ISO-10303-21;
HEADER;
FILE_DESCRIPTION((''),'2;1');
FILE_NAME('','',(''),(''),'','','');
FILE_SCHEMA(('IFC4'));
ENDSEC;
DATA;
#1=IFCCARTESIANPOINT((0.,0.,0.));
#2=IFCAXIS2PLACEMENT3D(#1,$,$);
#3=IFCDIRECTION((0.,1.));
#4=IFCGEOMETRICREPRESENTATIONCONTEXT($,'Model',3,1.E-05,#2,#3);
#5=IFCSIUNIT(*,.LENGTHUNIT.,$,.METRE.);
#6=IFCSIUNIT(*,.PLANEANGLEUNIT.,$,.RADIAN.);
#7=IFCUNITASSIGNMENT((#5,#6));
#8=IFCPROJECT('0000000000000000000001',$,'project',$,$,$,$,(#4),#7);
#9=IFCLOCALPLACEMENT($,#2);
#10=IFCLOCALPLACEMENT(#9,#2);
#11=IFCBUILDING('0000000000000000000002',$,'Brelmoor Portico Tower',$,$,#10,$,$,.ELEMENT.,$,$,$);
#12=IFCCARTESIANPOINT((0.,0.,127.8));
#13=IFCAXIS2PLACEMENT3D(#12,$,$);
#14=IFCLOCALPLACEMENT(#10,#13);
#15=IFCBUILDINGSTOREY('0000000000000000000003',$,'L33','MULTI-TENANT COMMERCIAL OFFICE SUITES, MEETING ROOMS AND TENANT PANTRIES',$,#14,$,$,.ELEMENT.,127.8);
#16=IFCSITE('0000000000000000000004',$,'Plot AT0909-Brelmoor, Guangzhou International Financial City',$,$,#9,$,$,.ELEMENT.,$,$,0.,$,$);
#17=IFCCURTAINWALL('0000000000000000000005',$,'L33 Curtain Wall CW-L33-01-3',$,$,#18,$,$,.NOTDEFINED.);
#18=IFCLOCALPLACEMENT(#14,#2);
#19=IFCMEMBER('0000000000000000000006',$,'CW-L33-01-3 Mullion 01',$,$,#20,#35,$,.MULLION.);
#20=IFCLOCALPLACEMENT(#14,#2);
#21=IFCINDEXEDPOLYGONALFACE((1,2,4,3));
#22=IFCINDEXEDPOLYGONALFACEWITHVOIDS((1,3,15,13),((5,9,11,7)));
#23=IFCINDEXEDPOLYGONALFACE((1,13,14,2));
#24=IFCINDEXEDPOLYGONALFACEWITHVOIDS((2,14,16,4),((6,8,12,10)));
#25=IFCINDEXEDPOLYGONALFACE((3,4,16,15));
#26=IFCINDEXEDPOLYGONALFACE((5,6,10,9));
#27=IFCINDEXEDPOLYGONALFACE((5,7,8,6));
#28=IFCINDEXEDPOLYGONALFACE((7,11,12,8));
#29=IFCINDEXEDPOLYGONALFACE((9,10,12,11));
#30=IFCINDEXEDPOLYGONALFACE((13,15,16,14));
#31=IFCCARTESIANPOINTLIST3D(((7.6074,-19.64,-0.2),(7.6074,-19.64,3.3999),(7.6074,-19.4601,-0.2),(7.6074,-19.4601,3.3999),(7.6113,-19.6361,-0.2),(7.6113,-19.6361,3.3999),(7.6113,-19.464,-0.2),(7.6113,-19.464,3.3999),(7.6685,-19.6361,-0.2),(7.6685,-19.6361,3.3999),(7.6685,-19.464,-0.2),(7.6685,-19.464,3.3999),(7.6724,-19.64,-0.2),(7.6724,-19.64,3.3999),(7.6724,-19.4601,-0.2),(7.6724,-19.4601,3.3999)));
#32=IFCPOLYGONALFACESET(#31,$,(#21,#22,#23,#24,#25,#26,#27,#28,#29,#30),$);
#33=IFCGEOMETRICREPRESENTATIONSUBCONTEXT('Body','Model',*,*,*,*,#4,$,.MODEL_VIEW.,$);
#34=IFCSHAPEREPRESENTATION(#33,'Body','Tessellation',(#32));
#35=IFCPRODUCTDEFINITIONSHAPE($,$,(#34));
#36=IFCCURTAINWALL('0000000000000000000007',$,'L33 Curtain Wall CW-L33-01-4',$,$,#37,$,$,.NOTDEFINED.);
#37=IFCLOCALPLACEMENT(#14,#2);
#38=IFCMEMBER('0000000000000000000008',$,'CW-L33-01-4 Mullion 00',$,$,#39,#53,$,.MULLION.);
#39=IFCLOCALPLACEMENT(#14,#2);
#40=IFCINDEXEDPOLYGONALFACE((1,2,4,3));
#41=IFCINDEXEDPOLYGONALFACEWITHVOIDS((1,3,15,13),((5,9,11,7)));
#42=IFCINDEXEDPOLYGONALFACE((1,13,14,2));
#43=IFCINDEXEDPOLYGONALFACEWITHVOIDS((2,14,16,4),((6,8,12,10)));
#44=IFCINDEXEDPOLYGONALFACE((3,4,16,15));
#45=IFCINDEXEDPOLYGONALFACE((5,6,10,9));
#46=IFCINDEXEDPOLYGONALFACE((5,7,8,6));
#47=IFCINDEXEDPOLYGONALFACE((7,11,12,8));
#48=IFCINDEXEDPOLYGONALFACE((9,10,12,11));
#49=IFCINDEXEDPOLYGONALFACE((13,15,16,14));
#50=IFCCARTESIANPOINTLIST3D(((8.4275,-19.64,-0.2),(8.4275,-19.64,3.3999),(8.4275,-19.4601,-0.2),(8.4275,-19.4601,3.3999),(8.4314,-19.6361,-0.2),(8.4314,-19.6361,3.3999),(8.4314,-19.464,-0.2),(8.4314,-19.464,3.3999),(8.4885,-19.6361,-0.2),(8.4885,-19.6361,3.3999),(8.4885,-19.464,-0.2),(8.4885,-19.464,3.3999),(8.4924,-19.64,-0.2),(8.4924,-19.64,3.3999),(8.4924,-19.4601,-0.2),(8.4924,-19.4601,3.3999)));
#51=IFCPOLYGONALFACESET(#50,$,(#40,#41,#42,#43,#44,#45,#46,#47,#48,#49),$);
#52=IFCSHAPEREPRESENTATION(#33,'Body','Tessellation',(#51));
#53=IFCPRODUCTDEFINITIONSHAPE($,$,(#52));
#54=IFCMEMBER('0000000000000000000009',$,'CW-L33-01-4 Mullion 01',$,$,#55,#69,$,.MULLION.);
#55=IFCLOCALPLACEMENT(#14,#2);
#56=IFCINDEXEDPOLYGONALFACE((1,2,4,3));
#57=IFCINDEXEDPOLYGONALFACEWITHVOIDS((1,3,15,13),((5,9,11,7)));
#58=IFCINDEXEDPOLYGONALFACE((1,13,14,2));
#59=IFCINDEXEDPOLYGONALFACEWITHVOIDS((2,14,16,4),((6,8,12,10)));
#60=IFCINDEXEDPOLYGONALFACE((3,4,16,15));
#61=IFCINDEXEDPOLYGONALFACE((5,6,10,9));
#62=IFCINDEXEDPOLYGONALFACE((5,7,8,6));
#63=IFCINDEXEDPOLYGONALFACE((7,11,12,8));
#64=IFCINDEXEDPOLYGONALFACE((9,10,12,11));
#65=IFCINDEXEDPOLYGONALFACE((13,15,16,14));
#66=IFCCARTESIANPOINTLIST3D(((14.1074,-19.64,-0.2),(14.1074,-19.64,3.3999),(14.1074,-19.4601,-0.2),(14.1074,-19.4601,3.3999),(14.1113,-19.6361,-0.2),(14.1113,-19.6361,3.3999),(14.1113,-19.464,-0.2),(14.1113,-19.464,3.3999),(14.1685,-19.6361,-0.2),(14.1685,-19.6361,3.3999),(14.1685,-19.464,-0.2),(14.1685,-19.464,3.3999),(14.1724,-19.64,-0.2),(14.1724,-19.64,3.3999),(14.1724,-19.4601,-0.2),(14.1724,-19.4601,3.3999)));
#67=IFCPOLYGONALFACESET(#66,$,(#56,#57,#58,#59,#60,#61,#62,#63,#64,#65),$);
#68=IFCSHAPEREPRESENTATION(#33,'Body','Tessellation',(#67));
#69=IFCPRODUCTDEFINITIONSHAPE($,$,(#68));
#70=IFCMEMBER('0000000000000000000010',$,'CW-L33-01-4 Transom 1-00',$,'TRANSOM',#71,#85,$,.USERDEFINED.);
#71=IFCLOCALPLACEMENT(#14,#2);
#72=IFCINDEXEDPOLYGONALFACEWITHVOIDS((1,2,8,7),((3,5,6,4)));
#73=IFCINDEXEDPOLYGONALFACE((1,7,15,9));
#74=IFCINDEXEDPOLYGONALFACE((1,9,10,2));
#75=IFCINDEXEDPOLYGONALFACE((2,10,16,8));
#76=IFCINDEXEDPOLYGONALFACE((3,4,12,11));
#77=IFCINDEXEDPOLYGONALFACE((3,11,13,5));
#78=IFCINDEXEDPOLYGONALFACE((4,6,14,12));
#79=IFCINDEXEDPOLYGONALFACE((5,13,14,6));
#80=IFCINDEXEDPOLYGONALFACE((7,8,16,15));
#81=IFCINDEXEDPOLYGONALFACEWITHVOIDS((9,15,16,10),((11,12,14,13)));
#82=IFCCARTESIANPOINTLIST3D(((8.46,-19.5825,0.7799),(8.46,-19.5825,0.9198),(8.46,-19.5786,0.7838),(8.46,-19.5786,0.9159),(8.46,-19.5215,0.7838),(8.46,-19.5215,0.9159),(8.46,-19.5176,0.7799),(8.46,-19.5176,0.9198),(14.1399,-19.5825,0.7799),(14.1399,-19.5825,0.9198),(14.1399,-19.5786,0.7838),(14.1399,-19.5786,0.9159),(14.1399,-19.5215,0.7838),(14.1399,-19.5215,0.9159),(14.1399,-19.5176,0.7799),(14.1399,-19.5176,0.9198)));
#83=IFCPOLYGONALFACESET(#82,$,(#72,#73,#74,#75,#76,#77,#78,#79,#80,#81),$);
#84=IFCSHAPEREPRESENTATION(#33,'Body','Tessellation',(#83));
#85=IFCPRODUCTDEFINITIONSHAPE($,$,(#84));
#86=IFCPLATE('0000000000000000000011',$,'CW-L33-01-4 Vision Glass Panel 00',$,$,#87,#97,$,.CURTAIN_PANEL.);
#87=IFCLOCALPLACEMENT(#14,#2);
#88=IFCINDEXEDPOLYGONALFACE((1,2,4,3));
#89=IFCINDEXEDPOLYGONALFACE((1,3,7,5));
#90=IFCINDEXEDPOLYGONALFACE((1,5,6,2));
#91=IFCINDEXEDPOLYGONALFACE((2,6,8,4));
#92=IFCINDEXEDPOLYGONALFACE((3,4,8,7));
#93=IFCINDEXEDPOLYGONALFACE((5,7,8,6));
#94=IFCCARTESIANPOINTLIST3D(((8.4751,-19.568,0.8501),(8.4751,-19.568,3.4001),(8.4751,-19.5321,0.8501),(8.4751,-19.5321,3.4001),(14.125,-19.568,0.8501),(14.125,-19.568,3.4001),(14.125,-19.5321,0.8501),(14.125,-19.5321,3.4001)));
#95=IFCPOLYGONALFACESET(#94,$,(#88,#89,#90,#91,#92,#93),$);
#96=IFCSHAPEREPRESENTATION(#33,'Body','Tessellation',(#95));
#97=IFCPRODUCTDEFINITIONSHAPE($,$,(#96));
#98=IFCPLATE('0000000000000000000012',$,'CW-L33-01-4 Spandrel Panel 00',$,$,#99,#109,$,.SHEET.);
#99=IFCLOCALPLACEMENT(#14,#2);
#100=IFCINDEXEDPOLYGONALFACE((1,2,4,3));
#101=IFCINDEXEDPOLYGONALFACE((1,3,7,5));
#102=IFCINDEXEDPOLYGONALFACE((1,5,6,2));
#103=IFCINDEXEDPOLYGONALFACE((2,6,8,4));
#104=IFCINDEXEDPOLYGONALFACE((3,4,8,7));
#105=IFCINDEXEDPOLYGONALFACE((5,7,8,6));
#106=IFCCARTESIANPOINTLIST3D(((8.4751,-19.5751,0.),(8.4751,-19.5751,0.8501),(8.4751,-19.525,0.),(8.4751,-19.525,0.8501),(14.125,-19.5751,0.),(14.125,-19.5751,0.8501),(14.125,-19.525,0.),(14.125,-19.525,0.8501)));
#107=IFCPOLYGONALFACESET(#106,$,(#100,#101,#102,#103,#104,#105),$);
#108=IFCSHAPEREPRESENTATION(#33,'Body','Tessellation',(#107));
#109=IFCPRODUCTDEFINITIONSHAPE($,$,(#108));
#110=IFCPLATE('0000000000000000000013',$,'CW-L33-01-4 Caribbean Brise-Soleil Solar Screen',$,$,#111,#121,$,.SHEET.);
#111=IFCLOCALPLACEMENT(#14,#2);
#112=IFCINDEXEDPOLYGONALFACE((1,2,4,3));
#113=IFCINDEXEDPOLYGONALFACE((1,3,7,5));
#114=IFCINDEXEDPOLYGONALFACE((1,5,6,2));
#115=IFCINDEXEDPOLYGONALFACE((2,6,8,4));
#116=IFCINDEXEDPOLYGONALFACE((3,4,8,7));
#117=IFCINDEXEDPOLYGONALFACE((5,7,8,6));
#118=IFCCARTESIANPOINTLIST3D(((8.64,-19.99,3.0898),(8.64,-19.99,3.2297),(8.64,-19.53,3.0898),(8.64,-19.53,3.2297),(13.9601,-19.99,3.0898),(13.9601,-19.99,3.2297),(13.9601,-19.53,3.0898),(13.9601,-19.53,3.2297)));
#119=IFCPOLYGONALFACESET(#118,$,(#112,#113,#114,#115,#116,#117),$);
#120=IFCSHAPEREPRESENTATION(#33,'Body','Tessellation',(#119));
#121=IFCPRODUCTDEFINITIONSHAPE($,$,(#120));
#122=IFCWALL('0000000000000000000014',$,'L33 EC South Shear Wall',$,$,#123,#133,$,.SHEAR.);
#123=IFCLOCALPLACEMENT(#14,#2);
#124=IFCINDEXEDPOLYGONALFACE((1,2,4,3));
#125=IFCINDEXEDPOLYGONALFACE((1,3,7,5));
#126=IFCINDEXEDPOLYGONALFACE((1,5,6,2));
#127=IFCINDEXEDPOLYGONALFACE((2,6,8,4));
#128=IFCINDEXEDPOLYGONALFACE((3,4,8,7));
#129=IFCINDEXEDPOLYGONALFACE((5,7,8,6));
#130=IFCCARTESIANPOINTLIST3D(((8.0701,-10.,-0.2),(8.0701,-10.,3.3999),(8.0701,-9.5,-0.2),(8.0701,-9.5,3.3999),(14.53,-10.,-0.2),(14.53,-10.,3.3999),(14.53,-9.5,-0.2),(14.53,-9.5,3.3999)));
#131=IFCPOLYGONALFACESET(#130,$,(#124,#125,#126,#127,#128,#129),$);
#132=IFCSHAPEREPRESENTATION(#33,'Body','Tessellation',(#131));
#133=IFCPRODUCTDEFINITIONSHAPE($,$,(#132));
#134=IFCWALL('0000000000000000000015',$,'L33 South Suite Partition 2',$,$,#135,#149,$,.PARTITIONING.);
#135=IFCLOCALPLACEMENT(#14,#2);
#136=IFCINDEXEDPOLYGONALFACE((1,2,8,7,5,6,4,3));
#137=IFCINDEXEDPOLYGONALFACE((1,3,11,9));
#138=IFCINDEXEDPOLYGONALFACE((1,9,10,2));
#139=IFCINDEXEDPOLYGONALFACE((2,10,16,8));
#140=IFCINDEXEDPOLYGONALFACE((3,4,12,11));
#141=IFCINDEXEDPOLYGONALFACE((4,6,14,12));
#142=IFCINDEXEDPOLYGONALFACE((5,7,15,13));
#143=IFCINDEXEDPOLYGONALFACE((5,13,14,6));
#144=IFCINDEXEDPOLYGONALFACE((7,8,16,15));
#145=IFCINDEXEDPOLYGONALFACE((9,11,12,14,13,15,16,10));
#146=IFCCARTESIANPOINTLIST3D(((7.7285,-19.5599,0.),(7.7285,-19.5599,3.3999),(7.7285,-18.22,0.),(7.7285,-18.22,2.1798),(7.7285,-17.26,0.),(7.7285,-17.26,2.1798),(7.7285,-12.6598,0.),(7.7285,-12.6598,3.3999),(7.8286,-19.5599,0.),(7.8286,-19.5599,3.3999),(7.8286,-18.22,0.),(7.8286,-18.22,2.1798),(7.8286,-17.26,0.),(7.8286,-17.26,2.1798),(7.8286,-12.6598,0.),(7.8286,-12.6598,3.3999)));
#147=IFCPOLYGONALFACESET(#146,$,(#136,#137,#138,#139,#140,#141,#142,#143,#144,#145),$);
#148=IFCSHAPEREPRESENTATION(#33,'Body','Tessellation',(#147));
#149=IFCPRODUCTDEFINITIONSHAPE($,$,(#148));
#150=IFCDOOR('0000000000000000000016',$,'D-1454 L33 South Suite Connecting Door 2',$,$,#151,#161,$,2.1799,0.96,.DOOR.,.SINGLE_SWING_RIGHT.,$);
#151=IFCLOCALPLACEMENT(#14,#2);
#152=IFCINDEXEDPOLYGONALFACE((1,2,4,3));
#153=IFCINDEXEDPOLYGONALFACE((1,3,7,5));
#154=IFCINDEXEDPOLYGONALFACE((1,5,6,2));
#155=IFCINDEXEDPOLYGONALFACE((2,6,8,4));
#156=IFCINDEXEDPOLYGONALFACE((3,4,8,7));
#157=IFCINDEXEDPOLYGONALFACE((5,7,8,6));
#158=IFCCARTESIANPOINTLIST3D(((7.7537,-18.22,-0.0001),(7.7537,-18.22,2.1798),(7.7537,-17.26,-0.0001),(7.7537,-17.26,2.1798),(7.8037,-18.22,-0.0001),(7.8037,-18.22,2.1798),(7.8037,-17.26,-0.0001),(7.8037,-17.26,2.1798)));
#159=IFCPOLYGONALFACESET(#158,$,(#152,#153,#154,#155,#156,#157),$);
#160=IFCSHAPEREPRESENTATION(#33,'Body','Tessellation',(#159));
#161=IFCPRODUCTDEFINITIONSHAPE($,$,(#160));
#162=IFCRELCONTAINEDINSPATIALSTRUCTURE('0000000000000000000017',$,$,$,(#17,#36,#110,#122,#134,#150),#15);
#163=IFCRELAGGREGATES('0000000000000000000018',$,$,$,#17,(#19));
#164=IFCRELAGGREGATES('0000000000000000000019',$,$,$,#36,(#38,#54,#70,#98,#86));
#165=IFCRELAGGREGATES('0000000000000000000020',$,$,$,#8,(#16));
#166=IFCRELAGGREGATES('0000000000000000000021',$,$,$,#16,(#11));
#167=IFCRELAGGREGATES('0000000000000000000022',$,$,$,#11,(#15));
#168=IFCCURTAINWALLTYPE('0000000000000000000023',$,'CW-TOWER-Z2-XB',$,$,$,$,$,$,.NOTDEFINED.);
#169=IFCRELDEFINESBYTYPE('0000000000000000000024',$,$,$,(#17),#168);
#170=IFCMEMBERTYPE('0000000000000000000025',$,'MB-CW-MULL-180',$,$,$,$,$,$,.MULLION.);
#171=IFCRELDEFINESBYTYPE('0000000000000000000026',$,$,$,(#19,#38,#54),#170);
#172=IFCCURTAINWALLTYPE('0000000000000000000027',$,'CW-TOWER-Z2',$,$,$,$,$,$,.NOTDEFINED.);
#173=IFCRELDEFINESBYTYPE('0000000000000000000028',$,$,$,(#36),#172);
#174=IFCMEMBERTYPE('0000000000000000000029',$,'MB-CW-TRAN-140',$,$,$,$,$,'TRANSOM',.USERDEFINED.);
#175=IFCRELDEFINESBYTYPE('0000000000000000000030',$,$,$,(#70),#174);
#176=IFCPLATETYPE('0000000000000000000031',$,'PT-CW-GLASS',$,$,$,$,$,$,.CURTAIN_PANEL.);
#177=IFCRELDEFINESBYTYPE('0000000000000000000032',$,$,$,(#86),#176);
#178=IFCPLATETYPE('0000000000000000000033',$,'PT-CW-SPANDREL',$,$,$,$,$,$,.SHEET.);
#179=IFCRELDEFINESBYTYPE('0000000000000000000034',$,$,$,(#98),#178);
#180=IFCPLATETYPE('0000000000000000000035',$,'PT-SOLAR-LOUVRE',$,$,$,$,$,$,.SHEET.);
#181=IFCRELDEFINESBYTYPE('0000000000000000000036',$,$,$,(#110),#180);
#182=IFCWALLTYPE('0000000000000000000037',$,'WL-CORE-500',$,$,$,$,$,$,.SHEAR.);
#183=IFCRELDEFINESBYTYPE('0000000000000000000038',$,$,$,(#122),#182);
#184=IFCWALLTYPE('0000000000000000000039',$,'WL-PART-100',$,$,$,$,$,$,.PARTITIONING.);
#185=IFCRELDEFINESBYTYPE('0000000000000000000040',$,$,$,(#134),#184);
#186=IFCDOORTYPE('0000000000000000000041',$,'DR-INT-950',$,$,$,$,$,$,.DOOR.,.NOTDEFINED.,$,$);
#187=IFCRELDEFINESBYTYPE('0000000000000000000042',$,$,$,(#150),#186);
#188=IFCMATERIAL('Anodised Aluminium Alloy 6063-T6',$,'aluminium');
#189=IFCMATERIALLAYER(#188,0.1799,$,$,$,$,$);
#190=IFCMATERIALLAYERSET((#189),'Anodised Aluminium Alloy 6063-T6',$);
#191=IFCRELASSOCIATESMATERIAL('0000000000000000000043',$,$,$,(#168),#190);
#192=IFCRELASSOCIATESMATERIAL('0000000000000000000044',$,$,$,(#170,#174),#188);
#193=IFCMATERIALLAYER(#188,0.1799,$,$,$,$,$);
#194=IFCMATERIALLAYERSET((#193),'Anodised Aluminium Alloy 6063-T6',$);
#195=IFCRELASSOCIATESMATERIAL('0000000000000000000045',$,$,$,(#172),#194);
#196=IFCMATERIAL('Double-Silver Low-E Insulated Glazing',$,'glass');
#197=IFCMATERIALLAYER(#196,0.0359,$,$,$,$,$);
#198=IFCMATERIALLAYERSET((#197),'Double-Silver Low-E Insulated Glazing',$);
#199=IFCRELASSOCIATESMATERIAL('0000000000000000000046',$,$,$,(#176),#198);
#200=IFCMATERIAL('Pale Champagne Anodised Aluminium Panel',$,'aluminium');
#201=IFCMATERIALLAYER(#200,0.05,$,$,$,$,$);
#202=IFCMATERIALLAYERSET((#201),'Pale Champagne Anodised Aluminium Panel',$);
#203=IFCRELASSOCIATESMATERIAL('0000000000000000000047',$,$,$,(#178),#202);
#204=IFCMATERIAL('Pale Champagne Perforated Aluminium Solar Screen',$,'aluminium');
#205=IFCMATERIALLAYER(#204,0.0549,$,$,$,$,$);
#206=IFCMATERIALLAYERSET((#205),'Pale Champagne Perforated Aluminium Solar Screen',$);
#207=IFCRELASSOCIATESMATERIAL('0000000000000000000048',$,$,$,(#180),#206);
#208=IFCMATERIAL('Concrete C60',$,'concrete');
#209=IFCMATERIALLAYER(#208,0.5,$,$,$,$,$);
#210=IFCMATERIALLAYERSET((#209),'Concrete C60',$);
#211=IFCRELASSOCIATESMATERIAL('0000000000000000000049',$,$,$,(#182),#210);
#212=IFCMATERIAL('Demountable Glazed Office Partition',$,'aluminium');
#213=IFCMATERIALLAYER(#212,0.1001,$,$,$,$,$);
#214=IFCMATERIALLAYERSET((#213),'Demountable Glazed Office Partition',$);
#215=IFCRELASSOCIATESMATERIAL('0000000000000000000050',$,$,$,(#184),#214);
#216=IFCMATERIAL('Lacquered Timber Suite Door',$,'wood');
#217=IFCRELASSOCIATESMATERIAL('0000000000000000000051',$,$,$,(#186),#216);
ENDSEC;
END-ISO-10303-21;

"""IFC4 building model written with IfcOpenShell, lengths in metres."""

from ifc_helpers import new_model, si_unit, direction, frame, frame_2d, origin, origin_2d, place, context, subcontext, project, spatial, rectangle, hollow_rectangle, extrude, material, layer, layer_set, material_profile, profile_set, type_object, element, fill, aggregate, save


model = new_model("IFC4")

# Units and contexts
model_context = context("Model", 3, precision=1e-05, world=origin(), true_north=direction((0.0, 1.0)))
body_context = subcontext(model_context, "Body", "Model", "MODEL_VIEW")
ifc_project = project(units=[si_unit("LENGTHUNIT", "METRE"), si_unit("PLANEANGLEUNIT", "RADIAN")], contexts=[model_context])

# Site, building, storey
site_placement = place(None, origin())
site = spatial("IfcSite", under=ifc_project, at=site_placement, Name="Plot AT0909-Brelmoor, Guangzhou International Financial City", CompositionType="ELEMENT", RefElevation=0.0)
building_placement = place(site_placement, origin())
building = spatial("IfcBuilding", under=site, at=building_placement, Name="Brelmoor Portico Tower", CompositionType="ELEMENT")
storey_placement = place(building_placement, frame((0.0, 0.0, 127.8)))
storey = spatial("IfcBuildingStorey", under=building, at=storey_placement, Name="L33", Description="MULTI-TENANT COMMERCIAL OFFICE SUITES, MEETING ROOMS AND TENANT PANTRIES", CompositionType="ELEMENT", Elevation=127.8)

# Curtain wall, member
ifc_material_1 = material(Name="Anodised Aluminium Alloy 6063-T6", Category="aluminium")
ifc_layer_1 = layer(ifc_material_1, 0.1799)
ifc_layer_set_1 = layer_set([ifc_layer_1], Name="Anodised Aluminium Alloy 6063-T6")
curtain_wall_type_1 = type_object("IfcCurtainWallType", Name="CW-TOWER-Z2-XB", PredefinedType="NOTDEFINED", material=ifc_layer_set_1)
curtain_wall_1_placement = place(storey_placement, origin())
curtain_wall_1 = element("IfcCurtainWall", 1, at=curtain_wall_1_placement, inside=storey, type_object=curtain_wall_type_1, Name="L33 Curtain Wall CW-L33-01-3", PredefinedType="NOTDEFINED")
ifc_material_profile_1 = material_profile(ifc_material_1, hollow_rectangle(XDim=0.0649, YDim=0.1799, WallThickness=0.0039, at=origin_2d()), Name="ALU MULLION 65x180")
ifc_profile_set_1 = profile_set([ifc_material_profile_1], Name="Anodised Aluminium Alloy 6063-T6")
member_type_1 = type_object("IfcMemberType", Name="MB-CW-MULL-180", PredefinedType="MULLION", material=ifc_profile_set_1)
member_1_placement = place(storey_placement, frame((7.6399, -19.55, -0.2), z_axis=(0.0, 0.0, 1.0), x_axis=(1.0, 0.0, 0.0)))
member_1 = element("IfcMember", 2, at=member_1_placement, type_object=member_type_1, Name="CW-L33-01-3 Mullion 01", PredefinedType="MULLION", context=body_context, shape_type="SweptSolid", body=[
    extrude(hollow_rectangle(XDim=0.0649, YDim=0.1799, WallThickness=0.0039, at=origin_2d()), origin(), (0.0, 0.0, 1.0), 3.5999),
])
aggregate(curtain_wall_1, [member_1])

# Curtain wall, members, plates
ifc_layer_2 = layer(ifc_material_1, 0.1799)
ifc_layer_set_2 = layer_set([ifc_layer_2], Name="Anodised Aluminium Alloy 6063-T6")
curtain_wall_type_2 = type_object("IfcCurtainWallType", Name="CW-TOWER-Z2", PredefinedType="NOTDEFINED", material=ifc_layer_set_2)
curtain_wall_2_placement = place(storey_placement, origin())
curtain_wall_2 = element("IfcCurtainWall", 3, at=curtain_wall_2_placement, inside=storey, type_object=curtain_wall_type_2, Name="L33 Curtain Wall CW-L33-01-4", PredefinedType="NOTDEFINED")
member_2_placement = place(storey_placement, frame((8.46, -19.55, -0.2), z_axis=(0.0, 0.0, 1.0), x_axis=(1.0, 0.0, 0.0)))
member_2 = element("IfcMember", 4, at=member_2_placement, type_object=member_type_1, Name="CW-L33-01-4 Mullion 00", PredefinedType="MULLION", context=body_context, shape_type="SweptSolid", body=[
    extrude(hollow_rectangle(XDim=0.0649, YDim=0.1799, WallThickness=0.0039, at=origin_2d()), origin(), (0.0, 0.0, 1.0), 3.5999),
])
member_3_placement = place(storey_placement, frame((14.1399, -19.55, -0.2), z_axis=(0.0, 0.0, 1.0), x_axis=(1.0, 0.0, 0.0)))
member_3 = element("IfcMember", 5, at=member_3_placement, type_object=member_type_1, Name="CW-L33-01-4 Mullion 01", PredefinedType="MULLION", context=body_context, shape_type="SweptSolid", body=[
    extrude(hollow_rectangle(XDim=0.0649, YDim=0.1799, WallThickness=0.0039, at=origin_2d()), origin(), (0.0, 0.0, 1.0), 3.5999),
])
ifc_material_profile_2 = material_profile(ifc_material_1, hollow_rectangle(XDim=0.0649, YDim=0.1399, WallThickness=0.0039, at=origin_2d()), Name="ALU TRANSOM 65x140")
ifc_profile_set_2 = profile_set([ifc_material_profile_2], Name="Anodised Aluminium Alloy 6063-T6")
member_type_2 = type_object("IfcMemberType", Name="MB-CW-TRAN-140", ElementType="TRANSOM", PredefinedType="USERDEFINED", material=ifc_profile_set_2)
member_4_placement = place(storey_placement, frame((8.46, -19.55, 0.8499), z_axis=(1.0, 0.0, 0.0), x_axis=(0.0, 1.0, 0.0)))
member_4 = element("IfcMember", 6, at=member_4_placement, type_object=member_type_2, Name="CW-L33-01-4 Transom 1-00", ObjectType="TRANSOM", PredefinedType="USERDEFINED", context=body_context, shape_type="SweptSolid", body=[
    extrude(hollow_rectangle(XDim=0.0649, YDim=0.1399, WallThickness=0.0039, at=origin_2d()), origin(), (0.0, 0.0, 1.0), 5.6799),
])
ifc_material_2 = material(Name="Double-Silver Low-E Insulated Glazing", Category="glass")
ifc_layer_3 = layer(ifc_material_2, 0.0359)
ifc_layer_set_3 = layer_set([ifc_layer_3], Name="Double-Silver Low-E Insulated Glazing")
plate_type_1 = type_object("IfcPlateType", Name="PT-CW-GLASS", PredefinedType="CURTAIN_PANEL", material=ifc_layer_set_3)
plate_1_placement = place(storey_placement, frame((11.3, -19.55, 0.8501), z_axis=(0.0, 0.0, 1.0), x_axis=(1.0, 0.0, 0.0)))
plate_1 = element("IfcPlate", 7, at=plate_1_placement, type_object=plate_type_1, Name="CW-L33-01-4 Vision Glass Panel 00", PredefinedType="CURTAIN_PANEL", context=body_context, shape_type="SweptSolid", body=[
    extrude(rectangle(XDim=5.6499, YDim=0.0359, at=origin_2d()), origin(), (0.0, 0.0, 1.0), 2.55),
])
ifc_material_3 = material(Name="Pale Champagne Anodised Aluminium Panel", Category="aluminium")
ifc_layer_4 = layer(ifc_material_3, 0.05)
ifc_layer_set_4 = layer_set([ifc_layer_4], Name="Pale Champagne Anodised Aluminium Panel")
plate_type_2 = type_object("IfcPlateType", Name="PT-CW-SPANDREL", PredefinedType="SHEET", material=ifc_layer_set_4)
plate_2_placement = place(storey_placement, frame((11.3, -19.55, 0.0), z_axis=(0.0, 0.0, 1.0), x_axis=(1.0, 0.0, 0.0)))
plate_2 = element("IfcPlate", 8, at=plate_2_placement, type_object=plate_type_2, Name="CW-L33-01-4 Spandrel Panel 00", PredefinedType="SHEET", context=body_context, shape_type="SweptSolid", body=[
    extrude(rectangle(XDim=5.6499, YDim=0.05, at=origin_2d()), origin(), (0.0, 0.0, 1.0), 0.8501),
])
aggregate(curtain_wall_2, [member_2, member_3, member_4, plate_2, plate_1])

# Plate
ifc_material_4 = material(Name="Pale Champagne Perforated Aluminium Solar Screen", Category="aluminium")
ifc_layer_5 = layer(ifc_material_4, 0.0549)
ifc_layer_set_5 = layer_set([ifc_layer_5], Name="Pale Champagne Perforated Aluminium Solar Screen")
plate_type_3 = type_object("IfcPlateType", Name="PT-SOLAR-LOUVRE", PredefinedType="SHEET", material=ifc_layer_set_5)
plate_3_placement = place(storey_placement, frame((11.3, -19.76, 3.0898), z_axis=(0.0, 0.0, 1.0), x_axis=(1.0, 0.0, 0.0)))
element("IfcPlate", 9, at=plate_3_placement, inside=storey, type_object=plate_type_3, Name="CW-L33-01-4 Caribbean Brise-Soleil Solar Screen", PredefinedType="SHEET", context=body_context, shape_type="SweptSolid", body=[
    extrude(rectangle(XDim=5.3201, YDim=0.46, at=origin_2d()), origin(), (0.0, 0.0, 1.0), 0.1399),
])

# Wall
ifc_material_5 = material(Name="Concrete C60", Category="concrete")
ifc_layer_6 = layer(ifc_material_5, 0.5)
ifc_layer_set_6 = layer_set([ifc_layer_6], Name="Concrete C60")
wall_type_1 = type_object("IfcWallType", Name="WL-CORE-500", PredefinedType="SHEAR", material=ifc_layer_set_6)
wall_1_placement = place(storey_placement, frame((8.0701, -9.75, -0.2), z_axis=(0.0, 0.0, 1.0), x_axis=(1.0, 0.0, 0.0)))
element("IfcWall", 10, at=wall_1_placement, inside=storey, type_object=wall_type_1, Name="L33 EC South Shear Wall", PredefinedType="SHEAR", context=body_context, shape_type="SweptSolid", body=[
    extrude(rectangle(XDim=6.46, YDim=0.5, at=frame_2d((3.23, 0.0))), origin(), (0.0, 0.0, 1.0), 3.5999),
])

# Wall, opening, door
ifc_material_6 = material(Name="Demountable Glazed Office Partition", Category="aluminium")
ifc_layer_7 = layer(ifc_material_6, 0.1001)
ifc_layer_set_7 = layer_set([ifc_layer_7], Name="Demountable Glazed Office Partition")
wall_type_2 = type_object("IfcWallType", Name="WL-PART-100", PredefinedType="PARTITIONING", material=ifc_layer_set_7)
wall_2_placement = place(storey_placement, frame((7.7786, -19.5601, 0.0), z_axis=(0.0, 0.0, 1.0), x_axis=(0.0, 1.0, 0.0)))
wall_2 = element("IfcWall", 11, at=wall_2_placement, inside=storey, type_object=wall_type_2, Name="L33 South Suite Partition 2", PredefinedType="PARTITIONING", context=body_context, shape_type="SweptSolid", body=[
    extrude(rectangle(XDim=6.9001, YDim=0.1001, at=frame_2d((3.4502, 0.0))), origin(), (0.0, 0.0, 1.0), 3.3999),
])
opening_1_placement = place(wall_2_placement, frame((1.3401, 0.0, 0.0)))
opening_1 = element("IfcOpeningElement", 12, at=opening_1_placement, cuts=wall_2, PredefinedType="OPENING", context=body_context, shape_type="SweptSolid", body=[
    extrude(rectangle(XDim=0.96, YDim=2.1799, at=frame_2d((0.48, 1.0898))), frame((0.0, 0.0601, 0.0), z_axis=(0.0, -1.0, 0.0), x_axis=(1.0, 0.0, 0.0)), (0.0, 0.0, 1.0), 0.1201),
])
ifc_material_7 = material(Name="Lacquered Timber Suite Door", Category="wood")
door_type_1 = type_object("IfcDoorType", Name="DR-INT-950", OperationType="NOTDEFINED", PredefinedType="DOOR", material=ifc_material_7)
door_1_placement = place(opening_1_placement, origin())
door_1 = element("IfcDoor", 13, at=door_1_placement, inside=storey, type_object=door_type_1, Name="D-1454 L33 South Suite Connecting Door 2", OperationType="SINGLE_SWING_RIGHT", OverallHeight=2.1799, OverallWidth=0.96, PredefinedType="DOOR", context=body_context, shape_type="SweptSolid", body=[
    extrude(rectangle(XDim=0.96, YDim=2.1799, at=frame_2d((0.48, 1.0898))), frame((0.0, 0.0249, 0.0), z_axis=(0.0, -1.0, 0.0), x_axis=(1.0, 0.0, 0.0)), (0.0, 0.0, 1.0), 0.05),
])
fill(opening_1, door_1)

save(model, "model.ifc")
